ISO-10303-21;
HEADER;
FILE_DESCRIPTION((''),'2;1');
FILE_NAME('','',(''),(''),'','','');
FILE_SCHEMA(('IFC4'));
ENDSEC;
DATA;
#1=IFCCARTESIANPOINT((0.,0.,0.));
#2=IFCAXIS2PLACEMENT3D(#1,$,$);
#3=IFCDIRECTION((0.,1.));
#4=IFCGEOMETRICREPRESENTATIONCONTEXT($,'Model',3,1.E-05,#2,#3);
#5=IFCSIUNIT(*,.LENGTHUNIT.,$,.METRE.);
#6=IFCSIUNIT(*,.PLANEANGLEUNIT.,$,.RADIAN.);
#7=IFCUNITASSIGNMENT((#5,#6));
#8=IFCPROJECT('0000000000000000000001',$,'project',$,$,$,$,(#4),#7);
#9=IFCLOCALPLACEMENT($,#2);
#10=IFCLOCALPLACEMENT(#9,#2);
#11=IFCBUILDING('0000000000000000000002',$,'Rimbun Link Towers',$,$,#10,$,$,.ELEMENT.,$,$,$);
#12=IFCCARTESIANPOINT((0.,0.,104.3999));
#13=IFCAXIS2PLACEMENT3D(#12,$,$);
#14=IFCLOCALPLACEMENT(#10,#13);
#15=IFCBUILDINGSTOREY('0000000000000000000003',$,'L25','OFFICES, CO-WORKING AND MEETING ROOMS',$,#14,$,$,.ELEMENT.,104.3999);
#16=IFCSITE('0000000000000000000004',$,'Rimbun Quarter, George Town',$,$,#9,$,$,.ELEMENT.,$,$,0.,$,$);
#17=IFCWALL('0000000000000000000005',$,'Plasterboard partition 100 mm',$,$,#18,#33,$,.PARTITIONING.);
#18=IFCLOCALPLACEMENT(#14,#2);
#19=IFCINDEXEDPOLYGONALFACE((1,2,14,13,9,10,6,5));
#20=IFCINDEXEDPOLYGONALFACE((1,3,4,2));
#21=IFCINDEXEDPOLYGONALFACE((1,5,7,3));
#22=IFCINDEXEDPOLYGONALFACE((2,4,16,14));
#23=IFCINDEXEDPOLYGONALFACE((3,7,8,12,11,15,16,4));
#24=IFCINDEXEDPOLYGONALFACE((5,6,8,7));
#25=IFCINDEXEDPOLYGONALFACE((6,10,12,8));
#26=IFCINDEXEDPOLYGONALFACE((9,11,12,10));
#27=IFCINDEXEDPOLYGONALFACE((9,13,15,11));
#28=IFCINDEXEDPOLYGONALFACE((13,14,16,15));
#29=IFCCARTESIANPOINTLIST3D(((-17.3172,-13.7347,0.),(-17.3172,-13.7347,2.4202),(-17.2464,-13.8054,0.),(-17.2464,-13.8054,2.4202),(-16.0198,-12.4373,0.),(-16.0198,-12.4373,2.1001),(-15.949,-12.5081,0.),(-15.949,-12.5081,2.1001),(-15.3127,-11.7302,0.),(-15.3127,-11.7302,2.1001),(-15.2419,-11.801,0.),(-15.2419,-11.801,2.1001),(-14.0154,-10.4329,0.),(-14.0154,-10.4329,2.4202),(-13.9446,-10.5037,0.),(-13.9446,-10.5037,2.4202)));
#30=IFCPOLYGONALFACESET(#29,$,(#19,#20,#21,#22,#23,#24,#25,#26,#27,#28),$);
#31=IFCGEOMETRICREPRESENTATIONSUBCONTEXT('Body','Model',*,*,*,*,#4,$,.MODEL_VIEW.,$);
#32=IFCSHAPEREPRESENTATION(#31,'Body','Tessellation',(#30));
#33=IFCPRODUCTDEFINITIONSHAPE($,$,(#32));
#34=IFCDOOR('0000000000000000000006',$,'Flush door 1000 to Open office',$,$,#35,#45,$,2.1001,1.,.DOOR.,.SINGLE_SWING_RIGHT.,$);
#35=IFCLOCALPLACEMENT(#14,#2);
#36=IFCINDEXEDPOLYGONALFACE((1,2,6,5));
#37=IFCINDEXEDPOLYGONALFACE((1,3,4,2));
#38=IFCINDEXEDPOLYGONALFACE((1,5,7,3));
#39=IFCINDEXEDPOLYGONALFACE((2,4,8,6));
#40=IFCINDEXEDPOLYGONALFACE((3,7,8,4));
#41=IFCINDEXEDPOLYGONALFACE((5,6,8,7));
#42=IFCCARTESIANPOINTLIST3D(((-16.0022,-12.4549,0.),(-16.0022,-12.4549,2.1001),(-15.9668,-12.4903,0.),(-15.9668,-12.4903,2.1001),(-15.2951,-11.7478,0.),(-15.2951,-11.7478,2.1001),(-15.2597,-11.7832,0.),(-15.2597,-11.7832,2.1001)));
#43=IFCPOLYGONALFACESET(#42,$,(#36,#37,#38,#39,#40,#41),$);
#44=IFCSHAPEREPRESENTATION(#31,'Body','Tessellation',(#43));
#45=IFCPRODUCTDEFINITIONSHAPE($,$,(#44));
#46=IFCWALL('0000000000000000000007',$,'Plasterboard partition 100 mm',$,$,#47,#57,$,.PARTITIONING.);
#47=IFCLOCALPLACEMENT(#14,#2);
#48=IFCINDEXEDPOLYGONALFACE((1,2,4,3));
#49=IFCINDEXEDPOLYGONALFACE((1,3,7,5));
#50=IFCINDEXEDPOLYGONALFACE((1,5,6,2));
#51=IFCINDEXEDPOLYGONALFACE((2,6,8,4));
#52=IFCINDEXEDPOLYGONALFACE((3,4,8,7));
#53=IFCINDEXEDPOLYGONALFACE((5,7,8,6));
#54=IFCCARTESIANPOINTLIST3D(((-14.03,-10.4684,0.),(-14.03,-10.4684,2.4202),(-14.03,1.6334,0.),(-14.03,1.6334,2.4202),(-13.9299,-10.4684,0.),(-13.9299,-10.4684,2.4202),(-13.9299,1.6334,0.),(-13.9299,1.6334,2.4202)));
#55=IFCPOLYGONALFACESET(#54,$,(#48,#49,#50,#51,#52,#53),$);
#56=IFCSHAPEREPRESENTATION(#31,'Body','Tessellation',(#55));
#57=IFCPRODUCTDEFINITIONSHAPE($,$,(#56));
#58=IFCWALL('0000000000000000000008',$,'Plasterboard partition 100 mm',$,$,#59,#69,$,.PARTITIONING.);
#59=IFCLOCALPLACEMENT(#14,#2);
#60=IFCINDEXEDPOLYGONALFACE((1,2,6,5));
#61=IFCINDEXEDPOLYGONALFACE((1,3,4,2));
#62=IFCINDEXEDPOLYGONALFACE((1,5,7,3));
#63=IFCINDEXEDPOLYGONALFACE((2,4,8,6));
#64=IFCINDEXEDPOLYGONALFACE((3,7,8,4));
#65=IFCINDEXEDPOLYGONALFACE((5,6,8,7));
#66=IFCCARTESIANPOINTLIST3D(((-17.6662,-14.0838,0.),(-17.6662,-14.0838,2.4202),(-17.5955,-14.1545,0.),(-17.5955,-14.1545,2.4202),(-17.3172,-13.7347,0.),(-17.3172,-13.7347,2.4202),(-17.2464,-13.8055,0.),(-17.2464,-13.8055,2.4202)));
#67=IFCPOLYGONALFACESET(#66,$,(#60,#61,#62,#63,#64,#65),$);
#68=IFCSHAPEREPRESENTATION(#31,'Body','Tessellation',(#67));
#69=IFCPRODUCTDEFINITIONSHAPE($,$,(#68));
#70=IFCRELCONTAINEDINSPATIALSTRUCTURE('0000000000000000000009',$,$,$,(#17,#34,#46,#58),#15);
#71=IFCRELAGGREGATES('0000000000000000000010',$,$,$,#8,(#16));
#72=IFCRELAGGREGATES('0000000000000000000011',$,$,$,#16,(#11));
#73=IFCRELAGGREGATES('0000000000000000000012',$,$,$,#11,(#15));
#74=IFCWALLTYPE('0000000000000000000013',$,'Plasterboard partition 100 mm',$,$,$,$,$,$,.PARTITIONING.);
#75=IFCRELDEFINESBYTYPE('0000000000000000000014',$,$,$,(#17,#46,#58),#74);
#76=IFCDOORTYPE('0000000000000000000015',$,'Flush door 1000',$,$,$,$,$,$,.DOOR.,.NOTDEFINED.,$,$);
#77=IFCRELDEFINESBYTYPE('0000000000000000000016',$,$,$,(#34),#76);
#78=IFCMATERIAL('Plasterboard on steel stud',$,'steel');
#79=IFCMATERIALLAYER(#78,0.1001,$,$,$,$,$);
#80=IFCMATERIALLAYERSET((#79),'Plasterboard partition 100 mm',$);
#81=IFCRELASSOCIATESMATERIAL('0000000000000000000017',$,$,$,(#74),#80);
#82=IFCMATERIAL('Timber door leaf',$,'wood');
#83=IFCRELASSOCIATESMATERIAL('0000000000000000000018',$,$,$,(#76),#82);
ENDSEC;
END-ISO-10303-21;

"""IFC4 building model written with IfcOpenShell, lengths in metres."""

from ifc_helpers import new_model, si_unit, direction, frame, frame_2d, origin, place, context, subcontext, project, spatial, rectangle, extrude, material, layer, layer_set, type_object, element, fill, save


model = new_model("IFC4")

# Units and contexts
model_context = context("Model", 3, precision=1e-05, world=origin(), true_north=direction((0.0, 1.0)))
body_context = subcontext(model_context, "Body", "Model", "MODEL_VIEW")
ifc_project = project(units=[si_unit("LENGTHUNIT", "METRE"), si_unit("PLANEANGLEUNIT", "RADIAN")], contexts=[model_context])

# Site, building, storey
site_placement = place(None, origin())
site = spatial("IfcSite", under=ifc_project, at=site_placement, Name="Rimbun Quarter, George Town", CompositionType="ELEMENT", RefElevation=0.0)
building_placement = place(site_placement, origin())
building = spatial("IfcBuilding", under=site, at=building_placement, Name="Rimbun Link Towers", CompositionType="ELEMENT")
storey_placement = place(building_placement, frame((0.0, 0.0, 104.3999)))
storey = spatial("IfcBuildingStorey", under=building, at=storey_placement, Name="L25", Description="OFFICES, CO-WORKING AND MEETING ROOMS", CompositionType="ELEMENT", Elevation=104.3999)

# Wall, opening, door
ifc_material_1 = material(Name="Plasterboard on steel stud", Category="steel")
ifc_layer_1 = layer(ifc_material_1, 0.1001)
ifc_layer_set_1 = layer_set([ifc_layer_1], Name="Plasterboard partition 100 mm")
wall_type_1 = type_object("IfcWallType", Name="Plasterboard partition 100 mm", PredefinedType="PARTITIONING", material=ifc_layer_set_1)
wall_1_placement = place(storey_placement, frame((-13.98, -10.4683, 0.0), z_axis=(0.0, 0.0, 1.0), x_axis=(-0.707107, -0.707107, 0.0)))
wall_1 = element("IfcWall", 1, at=wall_1_placement, inside=storey, type_object=wall_type_1, Name="Plasterboard partition 100 mm", PredefinedType="PARTITIONING", context=body_context, shape_type="SweptSolid", body=[
    extrude(rectangle(XDim=4.6694, YDim=0.1001, at=frame_2d((2.3347, 0.0))), origin(), (0.0, 0.0, 1.0), 2.4202),
])
opening_placement = place(wall_1_placement, frame((1.8347, 0.0, 0.0)))
opening = element("IfcOpeningElement", 2, at=opening_placement, cuts=wall_1, PredefinedType="OPENING", context=body_context, shape_type="SweptSolid", body=[
    extrude(rectangle(XDim=1.0, YDim=2.1001, at=frame_2d((0.5, 1.05))), frame((0.0, 0.0601, 0.0), z_axis=(0.0, -1.0, 0.0), x_axis=(1.0, 0.0, 0.0)), (0.0, 0.0, 1.0), 0.1201),
])
ifc_material_2 = material(Name="Timber door leaf", Category="wood")
door_type = type_object("IfcDoorType", Name="Flush door 1000", OperationType="NOTDEFINED", PredefinedType="DOOR", material=ifc_material_2)
door_placement = place(opening_placement, origin())
door = element("IfcDoor", 3, at=door_placement, inside=storey, type_object=door_type, Name="Flush door 1000 to Open office", OperationType="SINGLE_SWING_RIGHT", OverallHeight=2.1001, OverallWidth=1.0, PredefinedType="DOOR", context=body_context, shape_type="SweptSolid", body=[
    extrude(rectangle(XDim=1.0, YDim=2.1001, at=frame_2d((0.5, 1.05))), frame((0.0, 0.0249, 0.0), z_axis=(0.0, -1.0, 0.0), x_axis=(1.0, 0.0, 0.0)), (0.0, 0.0, 1.0), 0.05),
])
fill(opening, door)

# Walls
wall_2_placement = place(storey_placement, frame((-13.98, -10.4683, 0.0), z_axis=(0.0, 0.0, 1.0), x_axis=(0.0, 1.0, 0.0)))
element("IfcWall", 4, at=wall_2_placement, inside=storey, type_object=wall_type_1, Name="Plasterboard partition 100 mm", PredefinedType="PARTITIONING", context=body_context, shape_type="SweptSolid", body=[
    extrude(rectangle(XDim=12.1018, YDim=0.1001, at=frame_2d((6.0508, 0.0))), origin(), (0.0, 0.0, 1.0), 2.4202),
])
wall_3_placement = place(storey_placement, frame((-17.6309, -14.1191, 0.0), z_axis=(0.0, 0.0, 1.0), x_axis=(0.707107, 0.707107, 0.0)))
element("IfcWall", 5, at=wall_3_placement, inside=storey, type_object=wall_type_1, Name="Plasterboard partition 100 mm", PredefinedType="PARTITIONING", context=body_context, shape_type="SweptSolid", body=[
    extrude(rectangle(XDim=0.4937, YDim=0.1001, at=frame_2d((0.2468, 0.0))), origin(), (0.0, 0.0, 1.0), 2.4202),
])

save(model, "model.ifc")
